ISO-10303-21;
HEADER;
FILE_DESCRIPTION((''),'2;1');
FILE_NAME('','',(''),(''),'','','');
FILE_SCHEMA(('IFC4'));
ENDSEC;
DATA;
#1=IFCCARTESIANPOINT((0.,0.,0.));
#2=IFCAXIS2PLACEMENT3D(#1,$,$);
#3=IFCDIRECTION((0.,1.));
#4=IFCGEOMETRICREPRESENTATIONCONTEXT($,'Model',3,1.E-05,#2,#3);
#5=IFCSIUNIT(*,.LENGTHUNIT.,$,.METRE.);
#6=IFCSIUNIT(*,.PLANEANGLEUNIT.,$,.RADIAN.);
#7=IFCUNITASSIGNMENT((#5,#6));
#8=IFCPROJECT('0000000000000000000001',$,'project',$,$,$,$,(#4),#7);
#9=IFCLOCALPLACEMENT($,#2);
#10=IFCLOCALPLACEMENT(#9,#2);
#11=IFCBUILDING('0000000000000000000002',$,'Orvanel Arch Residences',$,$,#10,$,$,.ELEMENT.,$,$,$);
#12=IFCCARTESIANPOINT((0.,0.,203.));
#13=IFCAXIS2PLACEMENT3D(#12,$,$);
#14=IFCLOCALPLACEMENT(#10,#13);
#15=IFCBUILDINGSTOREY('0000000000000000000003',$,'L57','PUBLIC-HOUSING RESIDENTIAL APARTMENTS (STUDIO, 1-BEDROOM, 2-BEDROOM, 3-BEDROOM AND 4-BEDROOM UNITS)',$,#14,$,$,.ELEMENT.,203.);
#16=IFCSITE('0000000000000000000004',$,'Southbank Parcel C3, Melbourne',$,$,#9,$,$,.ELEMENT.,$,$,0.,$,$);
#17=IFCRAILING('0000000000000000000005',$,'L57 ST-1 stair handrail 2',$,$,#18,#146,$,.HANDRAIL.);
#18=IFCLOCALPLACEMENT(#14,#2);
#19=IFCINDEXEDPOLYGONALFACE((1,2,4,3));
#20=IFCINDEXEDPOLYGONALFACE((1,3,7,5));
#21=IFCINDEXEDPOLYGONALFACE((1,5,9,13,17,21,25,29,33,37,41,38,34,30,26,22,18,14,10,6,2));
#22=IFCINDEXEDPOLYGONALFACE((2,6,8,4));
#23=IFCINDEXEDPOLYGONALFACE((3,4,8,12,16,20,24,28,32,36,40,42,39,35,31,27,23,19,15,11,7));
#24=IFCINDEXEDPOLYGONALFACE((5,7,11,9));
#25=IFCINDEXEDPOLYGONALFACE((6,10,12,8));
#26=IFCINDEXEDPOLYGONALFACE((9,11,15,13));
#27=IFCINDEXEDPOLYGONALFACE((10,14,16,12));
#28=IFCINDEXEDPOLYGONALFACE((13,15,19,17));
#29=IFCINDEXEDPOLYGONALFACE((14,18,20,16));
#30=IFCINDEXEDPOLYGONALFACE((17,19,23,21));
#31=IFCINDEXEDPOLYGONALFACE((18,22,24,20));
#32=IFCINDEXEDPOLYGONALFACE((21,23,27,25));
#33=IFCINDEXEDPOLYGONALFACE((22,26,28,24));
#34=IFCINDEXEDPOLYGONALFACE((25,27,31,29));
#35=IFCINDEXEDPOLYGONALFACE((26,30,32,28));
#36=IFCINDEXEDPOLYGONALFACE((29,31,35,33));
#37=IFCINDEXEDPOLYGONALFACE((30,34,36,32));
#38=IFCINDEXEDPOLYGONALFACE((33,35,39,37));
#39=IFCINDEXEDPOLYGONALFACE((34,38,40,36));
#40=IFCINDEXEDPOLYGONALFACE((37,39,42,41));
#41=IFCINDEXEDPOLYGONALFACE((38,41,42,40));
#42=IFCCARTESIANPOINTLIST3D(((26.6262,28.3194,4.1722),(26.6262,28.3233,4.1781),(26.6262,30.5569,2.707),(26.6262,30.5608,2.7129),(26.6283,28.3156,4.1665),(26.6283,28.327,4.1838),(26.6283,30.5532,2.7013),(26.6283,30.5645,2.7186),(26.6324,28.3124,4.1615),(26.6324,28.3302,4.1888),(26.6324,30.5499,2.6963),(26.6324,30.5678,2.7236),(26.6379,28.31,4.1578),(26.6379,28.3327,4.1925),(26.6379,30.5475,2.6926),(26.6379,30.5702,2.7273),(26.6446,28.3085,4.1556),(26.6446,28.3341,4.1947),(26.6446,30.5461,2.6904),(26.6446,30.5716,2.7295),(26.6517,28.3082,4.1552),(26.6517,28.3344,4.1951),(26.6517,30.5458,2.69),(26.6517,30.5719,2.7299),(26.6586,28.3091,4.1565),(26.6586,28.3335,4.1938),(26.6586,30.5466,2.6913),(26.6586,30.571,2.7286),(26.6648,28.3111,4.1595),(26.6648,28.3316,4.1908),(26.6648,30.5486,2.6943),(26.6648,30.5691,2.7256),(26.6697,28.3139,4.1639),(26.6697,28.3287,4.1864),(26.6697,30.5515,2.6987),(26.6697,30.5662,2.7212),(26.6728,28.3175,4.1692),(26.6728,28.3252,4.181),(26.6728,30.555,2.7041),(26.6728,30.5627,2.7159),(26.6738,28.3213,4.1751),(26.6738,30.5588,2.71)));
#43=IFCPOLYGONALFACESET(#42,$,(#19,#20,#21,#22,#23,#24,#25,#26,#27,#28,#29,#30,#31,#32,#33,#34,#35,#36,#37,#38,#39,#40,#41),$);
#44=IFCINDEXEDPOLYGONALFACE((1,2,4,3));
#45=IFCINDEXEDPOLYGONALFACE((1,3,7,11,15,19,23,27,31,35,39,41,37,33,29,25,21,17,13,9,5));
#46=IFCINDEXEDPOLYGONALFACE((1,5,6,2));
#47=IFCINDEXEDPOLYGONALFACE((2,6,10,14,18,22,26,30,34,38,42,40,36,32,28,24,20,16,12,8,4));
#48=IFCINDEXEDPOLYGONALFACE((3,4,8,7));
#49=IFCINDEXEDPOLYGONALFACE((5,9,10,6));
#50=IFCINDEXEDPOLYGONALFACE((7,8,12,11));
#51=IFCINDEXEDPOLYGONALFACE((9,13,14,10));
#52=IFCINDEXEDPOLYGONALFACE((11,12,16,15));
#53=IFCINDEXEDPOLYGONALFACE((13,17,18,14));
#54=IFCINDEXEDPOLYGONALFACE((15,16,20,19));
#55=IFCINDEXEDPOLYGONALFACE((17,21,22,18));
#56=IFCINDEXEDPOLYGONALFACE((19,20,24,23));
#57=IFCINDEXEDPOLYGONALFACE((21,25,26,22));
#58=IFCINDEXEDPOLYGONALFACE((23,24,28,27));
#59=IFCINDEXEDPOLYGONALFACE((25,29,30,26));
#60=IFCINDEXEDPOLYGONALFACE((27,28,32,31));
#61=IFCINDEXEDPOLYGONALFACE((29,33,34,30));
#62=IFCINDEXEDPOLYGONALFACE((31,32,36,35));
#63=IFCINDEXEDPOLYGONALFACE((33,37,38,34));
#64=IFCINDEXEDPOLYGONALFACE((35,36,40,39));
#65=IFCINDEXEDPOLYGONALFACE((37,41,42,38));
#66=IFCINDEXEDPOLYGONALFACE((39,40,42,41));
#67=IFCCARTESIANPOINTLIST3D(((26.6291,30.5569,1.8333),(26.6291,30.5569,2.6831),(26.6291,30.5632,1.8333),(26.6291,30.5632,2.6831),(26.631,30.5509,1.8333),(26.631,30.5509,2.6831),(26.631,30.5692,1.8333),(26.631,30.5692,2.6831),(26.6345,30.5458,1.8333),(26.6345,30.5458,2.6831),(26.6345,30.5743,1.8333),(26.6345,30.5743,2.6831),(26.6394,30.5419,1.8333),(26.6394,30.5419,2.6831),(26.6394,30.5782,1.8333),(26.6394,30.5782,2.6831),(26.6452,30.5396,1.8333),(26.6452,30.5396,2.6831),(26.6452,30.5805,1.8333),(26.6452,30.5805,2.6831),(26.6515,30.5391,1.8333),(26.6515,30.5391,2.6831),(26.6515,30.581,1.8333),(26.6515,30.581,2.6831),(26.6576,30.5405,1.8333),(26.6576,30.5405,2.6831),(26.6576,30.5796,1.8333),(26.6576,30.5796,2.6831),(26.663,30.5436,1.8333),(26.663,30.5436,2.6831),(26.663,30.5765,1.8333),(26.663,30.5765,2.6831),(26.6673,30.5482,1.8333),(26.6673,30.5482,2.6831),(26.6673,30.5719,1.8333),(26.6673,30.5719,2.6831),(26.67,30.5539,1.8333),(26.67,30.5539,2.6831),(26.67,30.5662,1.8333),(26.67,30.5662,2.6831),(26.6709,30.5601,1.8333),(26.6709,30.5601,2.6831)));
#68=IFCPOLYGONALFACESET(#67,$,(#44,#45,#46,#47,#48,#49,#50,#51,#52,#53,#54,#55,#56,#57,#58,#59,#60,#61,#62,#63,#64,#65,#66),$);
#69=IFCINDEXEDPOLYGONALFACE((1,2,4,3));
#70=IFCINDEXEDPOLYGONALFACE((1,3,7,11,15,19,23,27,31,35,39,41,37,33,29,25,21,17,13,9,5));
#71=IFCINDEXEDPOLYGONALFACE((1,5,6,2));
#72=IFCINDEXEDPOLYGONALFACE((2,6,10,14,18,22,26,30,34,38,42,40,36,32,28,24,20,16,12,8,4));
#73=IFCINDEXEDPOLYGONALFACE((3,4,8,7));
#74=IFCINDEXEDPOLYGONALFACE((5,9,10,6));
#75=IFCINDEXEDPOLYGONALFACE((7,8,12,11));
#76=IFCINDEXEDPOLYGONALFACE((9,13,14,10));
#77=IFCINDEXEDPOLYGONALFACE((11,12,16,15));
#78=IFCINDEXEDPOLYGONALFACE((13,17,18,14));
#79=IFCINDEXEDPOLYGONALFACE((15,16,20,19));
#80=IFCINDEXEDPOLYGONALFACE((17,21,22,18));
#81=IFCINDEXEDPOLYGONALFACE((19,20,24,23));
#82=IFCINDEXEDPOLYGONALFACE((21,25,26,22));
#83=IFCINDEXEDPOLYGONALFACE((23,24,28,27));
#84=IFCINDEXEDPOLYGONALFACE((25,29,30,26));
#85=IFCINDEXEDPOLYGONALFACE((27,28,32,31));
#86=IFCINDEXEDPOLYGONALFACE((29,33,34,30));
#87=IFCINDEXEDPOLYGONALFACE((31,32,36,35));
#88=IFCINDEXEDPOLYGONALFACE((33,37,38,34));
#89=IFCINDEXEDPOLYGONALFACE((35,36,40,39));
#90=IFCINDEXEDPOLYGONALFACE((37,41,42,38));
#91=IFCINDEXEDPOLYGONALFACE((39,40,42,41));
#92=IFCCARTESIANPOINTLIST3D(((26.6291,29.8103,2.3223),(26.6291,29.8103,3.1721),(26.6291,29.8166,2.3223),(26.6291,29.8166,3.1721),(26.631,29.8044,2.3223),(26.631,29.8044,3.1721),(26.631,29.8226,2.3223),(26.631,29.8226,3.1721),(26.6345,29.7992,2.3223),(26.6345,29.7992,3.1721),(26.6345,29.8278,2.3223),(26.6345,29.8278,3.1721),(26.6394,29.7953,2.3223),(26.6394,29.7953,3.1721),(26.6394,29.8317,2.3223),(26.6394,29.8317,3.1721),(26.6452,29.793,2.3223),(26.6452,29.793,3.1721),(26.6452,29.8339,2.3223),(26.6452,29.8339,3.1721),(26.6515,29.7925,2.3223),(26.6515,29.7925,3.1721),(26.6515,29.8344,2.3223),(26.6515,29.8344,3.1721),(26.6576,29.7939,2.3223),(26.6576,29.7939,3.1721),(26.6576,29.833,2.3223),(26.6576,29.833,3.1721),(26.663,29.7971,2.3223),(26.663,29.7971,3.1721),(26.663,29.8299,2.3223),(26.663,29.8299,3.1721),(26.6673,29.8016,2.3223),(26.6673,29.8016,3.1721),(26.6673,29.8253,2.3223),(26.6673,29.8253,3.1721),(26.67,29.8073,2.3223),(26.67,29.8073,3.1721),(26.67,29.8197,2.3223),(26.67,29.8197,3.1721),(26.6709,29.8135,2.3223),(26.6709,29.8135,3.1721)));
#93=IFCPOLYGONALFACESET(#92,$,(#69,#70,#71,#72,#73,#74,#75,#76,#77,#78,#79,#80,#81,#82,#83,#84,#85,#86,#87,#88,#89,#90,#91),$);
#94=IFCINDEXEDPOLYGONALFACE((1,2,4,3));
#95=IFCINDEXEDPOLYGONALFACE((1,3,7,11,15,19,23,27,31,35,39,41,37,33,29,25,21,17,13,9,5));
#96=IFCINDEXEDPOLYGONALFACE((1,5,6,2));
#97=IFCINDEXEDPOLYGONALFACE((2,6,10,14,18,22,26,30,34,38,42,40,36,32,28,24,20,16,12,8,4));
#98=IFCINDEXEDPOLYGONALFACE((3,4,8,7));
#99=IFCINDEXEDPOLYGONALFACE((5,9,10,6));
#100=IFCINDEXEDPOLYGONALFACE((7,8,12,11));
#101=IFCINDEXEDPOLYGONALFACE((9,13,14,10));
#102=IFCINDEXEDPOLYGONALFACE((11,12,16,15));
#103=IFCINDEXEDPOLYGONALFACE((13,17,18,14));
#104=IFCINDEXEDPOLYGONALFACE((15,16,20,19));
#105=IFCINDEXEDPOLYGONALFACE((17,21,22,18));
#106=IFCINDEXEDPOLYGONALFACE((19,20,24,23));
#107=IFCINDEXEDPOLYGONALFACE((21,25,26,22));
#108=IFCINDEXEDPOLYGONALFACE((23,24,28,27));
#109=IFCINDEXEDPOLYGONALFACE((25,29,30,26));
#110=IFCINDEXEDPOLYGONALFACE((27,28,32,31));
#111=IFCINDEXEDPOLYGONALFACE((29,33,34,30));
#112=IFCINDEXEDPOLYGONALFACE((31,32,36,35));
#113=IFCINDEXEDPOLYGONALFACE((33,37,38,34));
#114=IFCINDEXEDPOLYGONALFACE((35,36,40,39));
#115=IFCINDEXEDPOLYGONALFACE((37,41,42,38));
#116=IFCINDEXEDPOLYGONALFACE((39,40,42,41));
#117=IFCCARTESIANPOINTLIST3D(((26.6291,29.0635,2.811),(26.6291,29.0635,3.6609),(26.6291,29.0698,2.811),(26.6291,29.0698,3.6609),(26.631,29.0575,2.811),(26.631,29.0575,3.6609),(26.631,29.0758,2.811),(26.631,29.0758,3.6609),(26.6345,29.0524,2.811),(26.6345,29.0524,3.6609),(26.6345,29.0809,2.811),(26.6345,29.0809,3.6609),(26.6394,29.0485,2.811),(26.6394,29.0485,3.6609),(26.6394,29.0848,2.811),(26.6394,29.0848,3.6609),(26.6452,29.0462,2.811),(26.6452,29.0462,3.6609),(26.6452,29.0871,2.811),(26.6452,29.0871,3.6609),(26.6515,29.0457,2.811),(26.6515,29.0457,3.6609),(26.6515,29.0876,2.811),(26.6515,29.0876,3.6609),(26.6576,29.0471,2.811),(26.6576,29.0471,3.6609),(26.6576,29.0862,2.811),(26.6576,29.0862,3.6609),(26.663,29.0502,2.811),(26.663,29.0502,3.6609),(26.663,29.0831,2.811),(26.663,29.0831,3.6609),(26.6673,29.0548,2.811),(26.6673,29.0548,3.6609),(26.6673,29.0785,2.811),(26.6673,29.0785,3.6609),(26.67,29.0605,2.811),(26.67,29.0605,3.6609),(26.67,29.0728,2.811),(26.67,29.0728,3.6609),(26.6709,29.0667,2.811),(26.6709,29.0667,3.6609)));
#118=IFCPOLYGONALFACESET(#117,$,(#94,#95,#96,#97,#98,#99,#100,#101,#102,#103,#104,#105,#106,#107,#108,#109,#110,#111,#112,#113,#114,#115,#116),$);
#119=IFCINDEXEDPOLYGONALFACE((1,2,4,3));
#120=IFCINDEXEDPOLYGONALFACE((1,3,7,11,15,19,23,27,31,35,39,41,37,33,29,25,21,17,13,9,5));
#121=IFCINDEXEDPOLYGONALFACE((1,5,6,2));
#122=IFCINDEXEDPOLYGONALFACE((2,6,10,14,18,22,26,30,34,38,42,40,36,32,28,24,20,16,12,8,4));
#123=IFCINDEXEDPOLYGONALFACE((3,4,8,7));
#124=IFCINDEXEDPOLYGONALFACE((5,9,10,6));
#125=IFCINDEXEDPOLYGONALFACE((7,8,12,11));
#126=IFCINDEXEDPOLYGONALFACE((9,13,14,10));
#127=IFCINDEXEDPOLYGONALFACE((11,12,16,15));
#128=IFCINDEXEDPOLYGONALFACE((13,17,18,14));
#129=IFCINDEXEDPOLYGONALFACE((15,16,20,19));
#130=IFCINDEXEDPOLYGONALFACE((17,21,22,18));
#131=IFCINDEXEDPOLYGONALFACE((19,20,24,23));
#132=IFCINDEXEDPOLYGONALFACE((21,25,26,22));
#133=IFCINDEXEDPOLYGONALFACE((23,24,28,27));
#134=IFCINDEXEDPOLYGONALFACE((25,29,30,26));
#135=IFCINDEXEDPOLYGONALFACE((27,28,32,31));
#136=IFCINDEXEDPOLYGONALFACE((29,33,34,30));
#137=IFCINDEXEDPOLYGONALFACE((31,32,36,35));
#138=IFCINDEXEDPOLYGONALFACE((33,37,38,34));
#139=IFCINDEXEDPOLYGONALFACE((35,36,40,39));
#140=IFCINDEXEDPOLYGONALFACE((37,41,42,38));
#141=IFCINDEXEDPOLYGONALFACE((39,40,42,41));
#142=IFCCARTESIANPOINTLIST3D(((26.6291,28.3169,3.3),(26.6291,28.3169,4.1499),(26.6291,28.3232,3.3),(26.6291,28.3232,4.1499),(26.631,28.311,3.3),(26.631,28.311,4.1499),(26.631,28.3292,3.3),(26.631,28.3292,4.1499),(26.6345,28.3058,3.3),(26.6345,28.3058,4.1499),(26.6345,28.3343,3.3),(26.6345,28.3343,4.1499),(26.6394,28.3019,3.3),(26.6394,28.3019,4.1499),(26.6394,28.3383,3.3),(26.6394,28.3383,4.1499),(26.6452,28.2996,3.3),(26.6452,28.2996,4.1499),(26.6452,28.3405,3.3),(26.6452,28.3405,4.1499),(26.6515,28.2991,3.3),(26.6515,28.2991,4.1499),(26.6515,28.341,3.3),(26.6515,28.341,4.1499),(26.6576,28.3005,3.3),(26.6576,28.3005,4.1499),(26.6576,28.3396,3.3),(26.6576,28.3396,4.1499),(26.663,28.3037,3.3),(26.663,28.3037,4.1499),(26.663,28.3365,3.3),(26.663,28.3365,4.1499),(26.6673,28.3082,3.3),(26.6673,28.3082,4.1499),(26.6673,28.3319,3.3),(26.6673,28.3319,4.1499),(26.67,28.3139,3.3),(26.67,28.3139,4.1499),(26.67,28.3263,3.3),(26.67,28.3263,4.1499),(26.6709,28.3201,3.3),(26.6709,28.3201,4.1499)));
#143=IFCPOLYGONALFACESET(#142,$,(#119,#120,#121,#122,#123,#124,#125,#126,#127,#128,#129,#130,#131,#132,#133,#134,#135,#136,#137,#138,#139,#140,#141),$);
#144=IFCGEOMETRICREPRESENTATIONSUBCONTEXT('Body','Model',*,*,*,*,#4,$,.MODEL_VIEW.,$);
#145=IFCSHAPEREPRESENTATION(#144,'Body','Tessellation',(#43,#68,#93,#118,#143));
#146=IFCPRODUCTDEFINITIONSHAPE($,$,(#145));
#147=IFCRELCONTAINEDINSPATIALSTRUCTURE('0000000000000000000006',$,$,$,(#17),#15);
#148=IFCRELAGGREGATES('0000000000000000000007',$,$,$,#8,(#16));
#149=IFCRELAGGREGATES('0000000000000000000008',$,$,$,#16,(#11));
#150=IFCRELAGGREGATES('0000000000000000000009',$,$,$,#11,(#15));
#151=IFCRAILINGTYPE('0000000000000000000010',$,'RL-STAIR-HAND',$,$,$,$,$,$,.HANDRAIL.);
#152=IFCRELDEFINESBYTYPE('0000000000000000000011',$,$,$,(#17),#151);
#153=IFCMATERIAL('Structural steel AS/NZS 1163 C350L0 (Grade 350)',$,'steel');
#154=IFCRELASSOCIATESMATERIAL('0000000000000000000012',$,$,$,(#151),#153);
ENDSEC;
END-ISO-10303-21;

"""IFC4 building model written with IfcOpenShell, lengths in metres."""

from ifc_helpers import new_model, si_unit, direction, frame, origin, origin_2d, place, context, subcontext, project, spatial, circle, extrude, material, type_object, element, save


model = new_model("IFC4")

# Units and contexts
model_context = context("Model", 3, precision=1e-05, world=origin(), true_north=direction((0.0, 1.0)))
body_context = subcontext(model_context, "Body", "Model", "MODEL_VIEW")
ifc_project = project(units=[si_unit("LENGTHUNIT", "METRE"), si_unit("PLANEANGLEUNIT", "RADIAN")], contexts=[model_context])

# Site, building, storey
site_placement = place(None, origin())
site = spatial("IfcSite", under=ifc_project, at=site_placement, Name="Southbank Parcel C3, Melbourne", CompositionType="ELEMENT", RefElevation=0.0)
building_placement = place(site_placement, origin())
building = spatial("IfcBuilding", under=site, at=building_placement, Name="Orvanel Arch Residences", CompositionType="ELEMENT")
storey_placement = place(building_placement, frame((0.0, 0.0, 203.0)))
storey = spatial("IfcBuildingStorey", under=building, at=storey_placement, Name="L57", Description="PUBLIC-HOUSING RESIDENTIAL APARTMENTS (STUDIO, 1-BEDROOM, 2-BEDROOM, 3-BEDROOM AND 4-BEDROOM UNITS)", CompositionType="ELEMENT", Elevation=203.0)

# Railing
ifc_material_1 = material(Name="Structural steel AS/NZS 1163 C350L0 (Grade 350)", Category="steel")
railing_type_1 = type_object("IfcRailingType", Name="RL-STAIR-HAND", PredefinedType="HANDRAIL", material=ifc_material_1)
railing_1_placement = place(storey_placement, frame((26.6499, 30.5601, 1.8333)))
element("IfcRailing", 1, at=railing_1_placement, inside=storey, type_object=railing_type_1, Name="L57 ST-1 stair handrail 2", PredefinedType="HANDRAIL", context=body_context, shape_type="SweptSolid", body=[
    extrude(circle(Radius=0.0239, at=origin_2d()), frame((0.0, -0.0012, 0.8767), z_axis=(0.0, -0.836595, 0.547822), x_axis=(1.0, 0.0, 0.0)), (0.0, 0.0, 1.0), 2.6746),
    extrude(circle(Radius=0.021, at=origin_2d()), origin(), (0.0, 0.0, 1.0), 0.8499),
    extrude(circle(Radius=0.021, at=origin_2d()), frame((0.0, -0.7466, 0.489)), (0.0, 0.0, 1.0), 0.8499),
    extrude(circle(Radius=0.021, at=origin_2d()), frame((0.0, -1.4934, 0.9778)), (0.0, 0.0, 1.0), 0.8499),
    extrude(circle(Radius=0.021, at=origin_2d()), frame((0.0, -2.24, 1.4668)), (0.0, 0.0, 1.0), 0.8499),
])

save(model, "model.ifc")
